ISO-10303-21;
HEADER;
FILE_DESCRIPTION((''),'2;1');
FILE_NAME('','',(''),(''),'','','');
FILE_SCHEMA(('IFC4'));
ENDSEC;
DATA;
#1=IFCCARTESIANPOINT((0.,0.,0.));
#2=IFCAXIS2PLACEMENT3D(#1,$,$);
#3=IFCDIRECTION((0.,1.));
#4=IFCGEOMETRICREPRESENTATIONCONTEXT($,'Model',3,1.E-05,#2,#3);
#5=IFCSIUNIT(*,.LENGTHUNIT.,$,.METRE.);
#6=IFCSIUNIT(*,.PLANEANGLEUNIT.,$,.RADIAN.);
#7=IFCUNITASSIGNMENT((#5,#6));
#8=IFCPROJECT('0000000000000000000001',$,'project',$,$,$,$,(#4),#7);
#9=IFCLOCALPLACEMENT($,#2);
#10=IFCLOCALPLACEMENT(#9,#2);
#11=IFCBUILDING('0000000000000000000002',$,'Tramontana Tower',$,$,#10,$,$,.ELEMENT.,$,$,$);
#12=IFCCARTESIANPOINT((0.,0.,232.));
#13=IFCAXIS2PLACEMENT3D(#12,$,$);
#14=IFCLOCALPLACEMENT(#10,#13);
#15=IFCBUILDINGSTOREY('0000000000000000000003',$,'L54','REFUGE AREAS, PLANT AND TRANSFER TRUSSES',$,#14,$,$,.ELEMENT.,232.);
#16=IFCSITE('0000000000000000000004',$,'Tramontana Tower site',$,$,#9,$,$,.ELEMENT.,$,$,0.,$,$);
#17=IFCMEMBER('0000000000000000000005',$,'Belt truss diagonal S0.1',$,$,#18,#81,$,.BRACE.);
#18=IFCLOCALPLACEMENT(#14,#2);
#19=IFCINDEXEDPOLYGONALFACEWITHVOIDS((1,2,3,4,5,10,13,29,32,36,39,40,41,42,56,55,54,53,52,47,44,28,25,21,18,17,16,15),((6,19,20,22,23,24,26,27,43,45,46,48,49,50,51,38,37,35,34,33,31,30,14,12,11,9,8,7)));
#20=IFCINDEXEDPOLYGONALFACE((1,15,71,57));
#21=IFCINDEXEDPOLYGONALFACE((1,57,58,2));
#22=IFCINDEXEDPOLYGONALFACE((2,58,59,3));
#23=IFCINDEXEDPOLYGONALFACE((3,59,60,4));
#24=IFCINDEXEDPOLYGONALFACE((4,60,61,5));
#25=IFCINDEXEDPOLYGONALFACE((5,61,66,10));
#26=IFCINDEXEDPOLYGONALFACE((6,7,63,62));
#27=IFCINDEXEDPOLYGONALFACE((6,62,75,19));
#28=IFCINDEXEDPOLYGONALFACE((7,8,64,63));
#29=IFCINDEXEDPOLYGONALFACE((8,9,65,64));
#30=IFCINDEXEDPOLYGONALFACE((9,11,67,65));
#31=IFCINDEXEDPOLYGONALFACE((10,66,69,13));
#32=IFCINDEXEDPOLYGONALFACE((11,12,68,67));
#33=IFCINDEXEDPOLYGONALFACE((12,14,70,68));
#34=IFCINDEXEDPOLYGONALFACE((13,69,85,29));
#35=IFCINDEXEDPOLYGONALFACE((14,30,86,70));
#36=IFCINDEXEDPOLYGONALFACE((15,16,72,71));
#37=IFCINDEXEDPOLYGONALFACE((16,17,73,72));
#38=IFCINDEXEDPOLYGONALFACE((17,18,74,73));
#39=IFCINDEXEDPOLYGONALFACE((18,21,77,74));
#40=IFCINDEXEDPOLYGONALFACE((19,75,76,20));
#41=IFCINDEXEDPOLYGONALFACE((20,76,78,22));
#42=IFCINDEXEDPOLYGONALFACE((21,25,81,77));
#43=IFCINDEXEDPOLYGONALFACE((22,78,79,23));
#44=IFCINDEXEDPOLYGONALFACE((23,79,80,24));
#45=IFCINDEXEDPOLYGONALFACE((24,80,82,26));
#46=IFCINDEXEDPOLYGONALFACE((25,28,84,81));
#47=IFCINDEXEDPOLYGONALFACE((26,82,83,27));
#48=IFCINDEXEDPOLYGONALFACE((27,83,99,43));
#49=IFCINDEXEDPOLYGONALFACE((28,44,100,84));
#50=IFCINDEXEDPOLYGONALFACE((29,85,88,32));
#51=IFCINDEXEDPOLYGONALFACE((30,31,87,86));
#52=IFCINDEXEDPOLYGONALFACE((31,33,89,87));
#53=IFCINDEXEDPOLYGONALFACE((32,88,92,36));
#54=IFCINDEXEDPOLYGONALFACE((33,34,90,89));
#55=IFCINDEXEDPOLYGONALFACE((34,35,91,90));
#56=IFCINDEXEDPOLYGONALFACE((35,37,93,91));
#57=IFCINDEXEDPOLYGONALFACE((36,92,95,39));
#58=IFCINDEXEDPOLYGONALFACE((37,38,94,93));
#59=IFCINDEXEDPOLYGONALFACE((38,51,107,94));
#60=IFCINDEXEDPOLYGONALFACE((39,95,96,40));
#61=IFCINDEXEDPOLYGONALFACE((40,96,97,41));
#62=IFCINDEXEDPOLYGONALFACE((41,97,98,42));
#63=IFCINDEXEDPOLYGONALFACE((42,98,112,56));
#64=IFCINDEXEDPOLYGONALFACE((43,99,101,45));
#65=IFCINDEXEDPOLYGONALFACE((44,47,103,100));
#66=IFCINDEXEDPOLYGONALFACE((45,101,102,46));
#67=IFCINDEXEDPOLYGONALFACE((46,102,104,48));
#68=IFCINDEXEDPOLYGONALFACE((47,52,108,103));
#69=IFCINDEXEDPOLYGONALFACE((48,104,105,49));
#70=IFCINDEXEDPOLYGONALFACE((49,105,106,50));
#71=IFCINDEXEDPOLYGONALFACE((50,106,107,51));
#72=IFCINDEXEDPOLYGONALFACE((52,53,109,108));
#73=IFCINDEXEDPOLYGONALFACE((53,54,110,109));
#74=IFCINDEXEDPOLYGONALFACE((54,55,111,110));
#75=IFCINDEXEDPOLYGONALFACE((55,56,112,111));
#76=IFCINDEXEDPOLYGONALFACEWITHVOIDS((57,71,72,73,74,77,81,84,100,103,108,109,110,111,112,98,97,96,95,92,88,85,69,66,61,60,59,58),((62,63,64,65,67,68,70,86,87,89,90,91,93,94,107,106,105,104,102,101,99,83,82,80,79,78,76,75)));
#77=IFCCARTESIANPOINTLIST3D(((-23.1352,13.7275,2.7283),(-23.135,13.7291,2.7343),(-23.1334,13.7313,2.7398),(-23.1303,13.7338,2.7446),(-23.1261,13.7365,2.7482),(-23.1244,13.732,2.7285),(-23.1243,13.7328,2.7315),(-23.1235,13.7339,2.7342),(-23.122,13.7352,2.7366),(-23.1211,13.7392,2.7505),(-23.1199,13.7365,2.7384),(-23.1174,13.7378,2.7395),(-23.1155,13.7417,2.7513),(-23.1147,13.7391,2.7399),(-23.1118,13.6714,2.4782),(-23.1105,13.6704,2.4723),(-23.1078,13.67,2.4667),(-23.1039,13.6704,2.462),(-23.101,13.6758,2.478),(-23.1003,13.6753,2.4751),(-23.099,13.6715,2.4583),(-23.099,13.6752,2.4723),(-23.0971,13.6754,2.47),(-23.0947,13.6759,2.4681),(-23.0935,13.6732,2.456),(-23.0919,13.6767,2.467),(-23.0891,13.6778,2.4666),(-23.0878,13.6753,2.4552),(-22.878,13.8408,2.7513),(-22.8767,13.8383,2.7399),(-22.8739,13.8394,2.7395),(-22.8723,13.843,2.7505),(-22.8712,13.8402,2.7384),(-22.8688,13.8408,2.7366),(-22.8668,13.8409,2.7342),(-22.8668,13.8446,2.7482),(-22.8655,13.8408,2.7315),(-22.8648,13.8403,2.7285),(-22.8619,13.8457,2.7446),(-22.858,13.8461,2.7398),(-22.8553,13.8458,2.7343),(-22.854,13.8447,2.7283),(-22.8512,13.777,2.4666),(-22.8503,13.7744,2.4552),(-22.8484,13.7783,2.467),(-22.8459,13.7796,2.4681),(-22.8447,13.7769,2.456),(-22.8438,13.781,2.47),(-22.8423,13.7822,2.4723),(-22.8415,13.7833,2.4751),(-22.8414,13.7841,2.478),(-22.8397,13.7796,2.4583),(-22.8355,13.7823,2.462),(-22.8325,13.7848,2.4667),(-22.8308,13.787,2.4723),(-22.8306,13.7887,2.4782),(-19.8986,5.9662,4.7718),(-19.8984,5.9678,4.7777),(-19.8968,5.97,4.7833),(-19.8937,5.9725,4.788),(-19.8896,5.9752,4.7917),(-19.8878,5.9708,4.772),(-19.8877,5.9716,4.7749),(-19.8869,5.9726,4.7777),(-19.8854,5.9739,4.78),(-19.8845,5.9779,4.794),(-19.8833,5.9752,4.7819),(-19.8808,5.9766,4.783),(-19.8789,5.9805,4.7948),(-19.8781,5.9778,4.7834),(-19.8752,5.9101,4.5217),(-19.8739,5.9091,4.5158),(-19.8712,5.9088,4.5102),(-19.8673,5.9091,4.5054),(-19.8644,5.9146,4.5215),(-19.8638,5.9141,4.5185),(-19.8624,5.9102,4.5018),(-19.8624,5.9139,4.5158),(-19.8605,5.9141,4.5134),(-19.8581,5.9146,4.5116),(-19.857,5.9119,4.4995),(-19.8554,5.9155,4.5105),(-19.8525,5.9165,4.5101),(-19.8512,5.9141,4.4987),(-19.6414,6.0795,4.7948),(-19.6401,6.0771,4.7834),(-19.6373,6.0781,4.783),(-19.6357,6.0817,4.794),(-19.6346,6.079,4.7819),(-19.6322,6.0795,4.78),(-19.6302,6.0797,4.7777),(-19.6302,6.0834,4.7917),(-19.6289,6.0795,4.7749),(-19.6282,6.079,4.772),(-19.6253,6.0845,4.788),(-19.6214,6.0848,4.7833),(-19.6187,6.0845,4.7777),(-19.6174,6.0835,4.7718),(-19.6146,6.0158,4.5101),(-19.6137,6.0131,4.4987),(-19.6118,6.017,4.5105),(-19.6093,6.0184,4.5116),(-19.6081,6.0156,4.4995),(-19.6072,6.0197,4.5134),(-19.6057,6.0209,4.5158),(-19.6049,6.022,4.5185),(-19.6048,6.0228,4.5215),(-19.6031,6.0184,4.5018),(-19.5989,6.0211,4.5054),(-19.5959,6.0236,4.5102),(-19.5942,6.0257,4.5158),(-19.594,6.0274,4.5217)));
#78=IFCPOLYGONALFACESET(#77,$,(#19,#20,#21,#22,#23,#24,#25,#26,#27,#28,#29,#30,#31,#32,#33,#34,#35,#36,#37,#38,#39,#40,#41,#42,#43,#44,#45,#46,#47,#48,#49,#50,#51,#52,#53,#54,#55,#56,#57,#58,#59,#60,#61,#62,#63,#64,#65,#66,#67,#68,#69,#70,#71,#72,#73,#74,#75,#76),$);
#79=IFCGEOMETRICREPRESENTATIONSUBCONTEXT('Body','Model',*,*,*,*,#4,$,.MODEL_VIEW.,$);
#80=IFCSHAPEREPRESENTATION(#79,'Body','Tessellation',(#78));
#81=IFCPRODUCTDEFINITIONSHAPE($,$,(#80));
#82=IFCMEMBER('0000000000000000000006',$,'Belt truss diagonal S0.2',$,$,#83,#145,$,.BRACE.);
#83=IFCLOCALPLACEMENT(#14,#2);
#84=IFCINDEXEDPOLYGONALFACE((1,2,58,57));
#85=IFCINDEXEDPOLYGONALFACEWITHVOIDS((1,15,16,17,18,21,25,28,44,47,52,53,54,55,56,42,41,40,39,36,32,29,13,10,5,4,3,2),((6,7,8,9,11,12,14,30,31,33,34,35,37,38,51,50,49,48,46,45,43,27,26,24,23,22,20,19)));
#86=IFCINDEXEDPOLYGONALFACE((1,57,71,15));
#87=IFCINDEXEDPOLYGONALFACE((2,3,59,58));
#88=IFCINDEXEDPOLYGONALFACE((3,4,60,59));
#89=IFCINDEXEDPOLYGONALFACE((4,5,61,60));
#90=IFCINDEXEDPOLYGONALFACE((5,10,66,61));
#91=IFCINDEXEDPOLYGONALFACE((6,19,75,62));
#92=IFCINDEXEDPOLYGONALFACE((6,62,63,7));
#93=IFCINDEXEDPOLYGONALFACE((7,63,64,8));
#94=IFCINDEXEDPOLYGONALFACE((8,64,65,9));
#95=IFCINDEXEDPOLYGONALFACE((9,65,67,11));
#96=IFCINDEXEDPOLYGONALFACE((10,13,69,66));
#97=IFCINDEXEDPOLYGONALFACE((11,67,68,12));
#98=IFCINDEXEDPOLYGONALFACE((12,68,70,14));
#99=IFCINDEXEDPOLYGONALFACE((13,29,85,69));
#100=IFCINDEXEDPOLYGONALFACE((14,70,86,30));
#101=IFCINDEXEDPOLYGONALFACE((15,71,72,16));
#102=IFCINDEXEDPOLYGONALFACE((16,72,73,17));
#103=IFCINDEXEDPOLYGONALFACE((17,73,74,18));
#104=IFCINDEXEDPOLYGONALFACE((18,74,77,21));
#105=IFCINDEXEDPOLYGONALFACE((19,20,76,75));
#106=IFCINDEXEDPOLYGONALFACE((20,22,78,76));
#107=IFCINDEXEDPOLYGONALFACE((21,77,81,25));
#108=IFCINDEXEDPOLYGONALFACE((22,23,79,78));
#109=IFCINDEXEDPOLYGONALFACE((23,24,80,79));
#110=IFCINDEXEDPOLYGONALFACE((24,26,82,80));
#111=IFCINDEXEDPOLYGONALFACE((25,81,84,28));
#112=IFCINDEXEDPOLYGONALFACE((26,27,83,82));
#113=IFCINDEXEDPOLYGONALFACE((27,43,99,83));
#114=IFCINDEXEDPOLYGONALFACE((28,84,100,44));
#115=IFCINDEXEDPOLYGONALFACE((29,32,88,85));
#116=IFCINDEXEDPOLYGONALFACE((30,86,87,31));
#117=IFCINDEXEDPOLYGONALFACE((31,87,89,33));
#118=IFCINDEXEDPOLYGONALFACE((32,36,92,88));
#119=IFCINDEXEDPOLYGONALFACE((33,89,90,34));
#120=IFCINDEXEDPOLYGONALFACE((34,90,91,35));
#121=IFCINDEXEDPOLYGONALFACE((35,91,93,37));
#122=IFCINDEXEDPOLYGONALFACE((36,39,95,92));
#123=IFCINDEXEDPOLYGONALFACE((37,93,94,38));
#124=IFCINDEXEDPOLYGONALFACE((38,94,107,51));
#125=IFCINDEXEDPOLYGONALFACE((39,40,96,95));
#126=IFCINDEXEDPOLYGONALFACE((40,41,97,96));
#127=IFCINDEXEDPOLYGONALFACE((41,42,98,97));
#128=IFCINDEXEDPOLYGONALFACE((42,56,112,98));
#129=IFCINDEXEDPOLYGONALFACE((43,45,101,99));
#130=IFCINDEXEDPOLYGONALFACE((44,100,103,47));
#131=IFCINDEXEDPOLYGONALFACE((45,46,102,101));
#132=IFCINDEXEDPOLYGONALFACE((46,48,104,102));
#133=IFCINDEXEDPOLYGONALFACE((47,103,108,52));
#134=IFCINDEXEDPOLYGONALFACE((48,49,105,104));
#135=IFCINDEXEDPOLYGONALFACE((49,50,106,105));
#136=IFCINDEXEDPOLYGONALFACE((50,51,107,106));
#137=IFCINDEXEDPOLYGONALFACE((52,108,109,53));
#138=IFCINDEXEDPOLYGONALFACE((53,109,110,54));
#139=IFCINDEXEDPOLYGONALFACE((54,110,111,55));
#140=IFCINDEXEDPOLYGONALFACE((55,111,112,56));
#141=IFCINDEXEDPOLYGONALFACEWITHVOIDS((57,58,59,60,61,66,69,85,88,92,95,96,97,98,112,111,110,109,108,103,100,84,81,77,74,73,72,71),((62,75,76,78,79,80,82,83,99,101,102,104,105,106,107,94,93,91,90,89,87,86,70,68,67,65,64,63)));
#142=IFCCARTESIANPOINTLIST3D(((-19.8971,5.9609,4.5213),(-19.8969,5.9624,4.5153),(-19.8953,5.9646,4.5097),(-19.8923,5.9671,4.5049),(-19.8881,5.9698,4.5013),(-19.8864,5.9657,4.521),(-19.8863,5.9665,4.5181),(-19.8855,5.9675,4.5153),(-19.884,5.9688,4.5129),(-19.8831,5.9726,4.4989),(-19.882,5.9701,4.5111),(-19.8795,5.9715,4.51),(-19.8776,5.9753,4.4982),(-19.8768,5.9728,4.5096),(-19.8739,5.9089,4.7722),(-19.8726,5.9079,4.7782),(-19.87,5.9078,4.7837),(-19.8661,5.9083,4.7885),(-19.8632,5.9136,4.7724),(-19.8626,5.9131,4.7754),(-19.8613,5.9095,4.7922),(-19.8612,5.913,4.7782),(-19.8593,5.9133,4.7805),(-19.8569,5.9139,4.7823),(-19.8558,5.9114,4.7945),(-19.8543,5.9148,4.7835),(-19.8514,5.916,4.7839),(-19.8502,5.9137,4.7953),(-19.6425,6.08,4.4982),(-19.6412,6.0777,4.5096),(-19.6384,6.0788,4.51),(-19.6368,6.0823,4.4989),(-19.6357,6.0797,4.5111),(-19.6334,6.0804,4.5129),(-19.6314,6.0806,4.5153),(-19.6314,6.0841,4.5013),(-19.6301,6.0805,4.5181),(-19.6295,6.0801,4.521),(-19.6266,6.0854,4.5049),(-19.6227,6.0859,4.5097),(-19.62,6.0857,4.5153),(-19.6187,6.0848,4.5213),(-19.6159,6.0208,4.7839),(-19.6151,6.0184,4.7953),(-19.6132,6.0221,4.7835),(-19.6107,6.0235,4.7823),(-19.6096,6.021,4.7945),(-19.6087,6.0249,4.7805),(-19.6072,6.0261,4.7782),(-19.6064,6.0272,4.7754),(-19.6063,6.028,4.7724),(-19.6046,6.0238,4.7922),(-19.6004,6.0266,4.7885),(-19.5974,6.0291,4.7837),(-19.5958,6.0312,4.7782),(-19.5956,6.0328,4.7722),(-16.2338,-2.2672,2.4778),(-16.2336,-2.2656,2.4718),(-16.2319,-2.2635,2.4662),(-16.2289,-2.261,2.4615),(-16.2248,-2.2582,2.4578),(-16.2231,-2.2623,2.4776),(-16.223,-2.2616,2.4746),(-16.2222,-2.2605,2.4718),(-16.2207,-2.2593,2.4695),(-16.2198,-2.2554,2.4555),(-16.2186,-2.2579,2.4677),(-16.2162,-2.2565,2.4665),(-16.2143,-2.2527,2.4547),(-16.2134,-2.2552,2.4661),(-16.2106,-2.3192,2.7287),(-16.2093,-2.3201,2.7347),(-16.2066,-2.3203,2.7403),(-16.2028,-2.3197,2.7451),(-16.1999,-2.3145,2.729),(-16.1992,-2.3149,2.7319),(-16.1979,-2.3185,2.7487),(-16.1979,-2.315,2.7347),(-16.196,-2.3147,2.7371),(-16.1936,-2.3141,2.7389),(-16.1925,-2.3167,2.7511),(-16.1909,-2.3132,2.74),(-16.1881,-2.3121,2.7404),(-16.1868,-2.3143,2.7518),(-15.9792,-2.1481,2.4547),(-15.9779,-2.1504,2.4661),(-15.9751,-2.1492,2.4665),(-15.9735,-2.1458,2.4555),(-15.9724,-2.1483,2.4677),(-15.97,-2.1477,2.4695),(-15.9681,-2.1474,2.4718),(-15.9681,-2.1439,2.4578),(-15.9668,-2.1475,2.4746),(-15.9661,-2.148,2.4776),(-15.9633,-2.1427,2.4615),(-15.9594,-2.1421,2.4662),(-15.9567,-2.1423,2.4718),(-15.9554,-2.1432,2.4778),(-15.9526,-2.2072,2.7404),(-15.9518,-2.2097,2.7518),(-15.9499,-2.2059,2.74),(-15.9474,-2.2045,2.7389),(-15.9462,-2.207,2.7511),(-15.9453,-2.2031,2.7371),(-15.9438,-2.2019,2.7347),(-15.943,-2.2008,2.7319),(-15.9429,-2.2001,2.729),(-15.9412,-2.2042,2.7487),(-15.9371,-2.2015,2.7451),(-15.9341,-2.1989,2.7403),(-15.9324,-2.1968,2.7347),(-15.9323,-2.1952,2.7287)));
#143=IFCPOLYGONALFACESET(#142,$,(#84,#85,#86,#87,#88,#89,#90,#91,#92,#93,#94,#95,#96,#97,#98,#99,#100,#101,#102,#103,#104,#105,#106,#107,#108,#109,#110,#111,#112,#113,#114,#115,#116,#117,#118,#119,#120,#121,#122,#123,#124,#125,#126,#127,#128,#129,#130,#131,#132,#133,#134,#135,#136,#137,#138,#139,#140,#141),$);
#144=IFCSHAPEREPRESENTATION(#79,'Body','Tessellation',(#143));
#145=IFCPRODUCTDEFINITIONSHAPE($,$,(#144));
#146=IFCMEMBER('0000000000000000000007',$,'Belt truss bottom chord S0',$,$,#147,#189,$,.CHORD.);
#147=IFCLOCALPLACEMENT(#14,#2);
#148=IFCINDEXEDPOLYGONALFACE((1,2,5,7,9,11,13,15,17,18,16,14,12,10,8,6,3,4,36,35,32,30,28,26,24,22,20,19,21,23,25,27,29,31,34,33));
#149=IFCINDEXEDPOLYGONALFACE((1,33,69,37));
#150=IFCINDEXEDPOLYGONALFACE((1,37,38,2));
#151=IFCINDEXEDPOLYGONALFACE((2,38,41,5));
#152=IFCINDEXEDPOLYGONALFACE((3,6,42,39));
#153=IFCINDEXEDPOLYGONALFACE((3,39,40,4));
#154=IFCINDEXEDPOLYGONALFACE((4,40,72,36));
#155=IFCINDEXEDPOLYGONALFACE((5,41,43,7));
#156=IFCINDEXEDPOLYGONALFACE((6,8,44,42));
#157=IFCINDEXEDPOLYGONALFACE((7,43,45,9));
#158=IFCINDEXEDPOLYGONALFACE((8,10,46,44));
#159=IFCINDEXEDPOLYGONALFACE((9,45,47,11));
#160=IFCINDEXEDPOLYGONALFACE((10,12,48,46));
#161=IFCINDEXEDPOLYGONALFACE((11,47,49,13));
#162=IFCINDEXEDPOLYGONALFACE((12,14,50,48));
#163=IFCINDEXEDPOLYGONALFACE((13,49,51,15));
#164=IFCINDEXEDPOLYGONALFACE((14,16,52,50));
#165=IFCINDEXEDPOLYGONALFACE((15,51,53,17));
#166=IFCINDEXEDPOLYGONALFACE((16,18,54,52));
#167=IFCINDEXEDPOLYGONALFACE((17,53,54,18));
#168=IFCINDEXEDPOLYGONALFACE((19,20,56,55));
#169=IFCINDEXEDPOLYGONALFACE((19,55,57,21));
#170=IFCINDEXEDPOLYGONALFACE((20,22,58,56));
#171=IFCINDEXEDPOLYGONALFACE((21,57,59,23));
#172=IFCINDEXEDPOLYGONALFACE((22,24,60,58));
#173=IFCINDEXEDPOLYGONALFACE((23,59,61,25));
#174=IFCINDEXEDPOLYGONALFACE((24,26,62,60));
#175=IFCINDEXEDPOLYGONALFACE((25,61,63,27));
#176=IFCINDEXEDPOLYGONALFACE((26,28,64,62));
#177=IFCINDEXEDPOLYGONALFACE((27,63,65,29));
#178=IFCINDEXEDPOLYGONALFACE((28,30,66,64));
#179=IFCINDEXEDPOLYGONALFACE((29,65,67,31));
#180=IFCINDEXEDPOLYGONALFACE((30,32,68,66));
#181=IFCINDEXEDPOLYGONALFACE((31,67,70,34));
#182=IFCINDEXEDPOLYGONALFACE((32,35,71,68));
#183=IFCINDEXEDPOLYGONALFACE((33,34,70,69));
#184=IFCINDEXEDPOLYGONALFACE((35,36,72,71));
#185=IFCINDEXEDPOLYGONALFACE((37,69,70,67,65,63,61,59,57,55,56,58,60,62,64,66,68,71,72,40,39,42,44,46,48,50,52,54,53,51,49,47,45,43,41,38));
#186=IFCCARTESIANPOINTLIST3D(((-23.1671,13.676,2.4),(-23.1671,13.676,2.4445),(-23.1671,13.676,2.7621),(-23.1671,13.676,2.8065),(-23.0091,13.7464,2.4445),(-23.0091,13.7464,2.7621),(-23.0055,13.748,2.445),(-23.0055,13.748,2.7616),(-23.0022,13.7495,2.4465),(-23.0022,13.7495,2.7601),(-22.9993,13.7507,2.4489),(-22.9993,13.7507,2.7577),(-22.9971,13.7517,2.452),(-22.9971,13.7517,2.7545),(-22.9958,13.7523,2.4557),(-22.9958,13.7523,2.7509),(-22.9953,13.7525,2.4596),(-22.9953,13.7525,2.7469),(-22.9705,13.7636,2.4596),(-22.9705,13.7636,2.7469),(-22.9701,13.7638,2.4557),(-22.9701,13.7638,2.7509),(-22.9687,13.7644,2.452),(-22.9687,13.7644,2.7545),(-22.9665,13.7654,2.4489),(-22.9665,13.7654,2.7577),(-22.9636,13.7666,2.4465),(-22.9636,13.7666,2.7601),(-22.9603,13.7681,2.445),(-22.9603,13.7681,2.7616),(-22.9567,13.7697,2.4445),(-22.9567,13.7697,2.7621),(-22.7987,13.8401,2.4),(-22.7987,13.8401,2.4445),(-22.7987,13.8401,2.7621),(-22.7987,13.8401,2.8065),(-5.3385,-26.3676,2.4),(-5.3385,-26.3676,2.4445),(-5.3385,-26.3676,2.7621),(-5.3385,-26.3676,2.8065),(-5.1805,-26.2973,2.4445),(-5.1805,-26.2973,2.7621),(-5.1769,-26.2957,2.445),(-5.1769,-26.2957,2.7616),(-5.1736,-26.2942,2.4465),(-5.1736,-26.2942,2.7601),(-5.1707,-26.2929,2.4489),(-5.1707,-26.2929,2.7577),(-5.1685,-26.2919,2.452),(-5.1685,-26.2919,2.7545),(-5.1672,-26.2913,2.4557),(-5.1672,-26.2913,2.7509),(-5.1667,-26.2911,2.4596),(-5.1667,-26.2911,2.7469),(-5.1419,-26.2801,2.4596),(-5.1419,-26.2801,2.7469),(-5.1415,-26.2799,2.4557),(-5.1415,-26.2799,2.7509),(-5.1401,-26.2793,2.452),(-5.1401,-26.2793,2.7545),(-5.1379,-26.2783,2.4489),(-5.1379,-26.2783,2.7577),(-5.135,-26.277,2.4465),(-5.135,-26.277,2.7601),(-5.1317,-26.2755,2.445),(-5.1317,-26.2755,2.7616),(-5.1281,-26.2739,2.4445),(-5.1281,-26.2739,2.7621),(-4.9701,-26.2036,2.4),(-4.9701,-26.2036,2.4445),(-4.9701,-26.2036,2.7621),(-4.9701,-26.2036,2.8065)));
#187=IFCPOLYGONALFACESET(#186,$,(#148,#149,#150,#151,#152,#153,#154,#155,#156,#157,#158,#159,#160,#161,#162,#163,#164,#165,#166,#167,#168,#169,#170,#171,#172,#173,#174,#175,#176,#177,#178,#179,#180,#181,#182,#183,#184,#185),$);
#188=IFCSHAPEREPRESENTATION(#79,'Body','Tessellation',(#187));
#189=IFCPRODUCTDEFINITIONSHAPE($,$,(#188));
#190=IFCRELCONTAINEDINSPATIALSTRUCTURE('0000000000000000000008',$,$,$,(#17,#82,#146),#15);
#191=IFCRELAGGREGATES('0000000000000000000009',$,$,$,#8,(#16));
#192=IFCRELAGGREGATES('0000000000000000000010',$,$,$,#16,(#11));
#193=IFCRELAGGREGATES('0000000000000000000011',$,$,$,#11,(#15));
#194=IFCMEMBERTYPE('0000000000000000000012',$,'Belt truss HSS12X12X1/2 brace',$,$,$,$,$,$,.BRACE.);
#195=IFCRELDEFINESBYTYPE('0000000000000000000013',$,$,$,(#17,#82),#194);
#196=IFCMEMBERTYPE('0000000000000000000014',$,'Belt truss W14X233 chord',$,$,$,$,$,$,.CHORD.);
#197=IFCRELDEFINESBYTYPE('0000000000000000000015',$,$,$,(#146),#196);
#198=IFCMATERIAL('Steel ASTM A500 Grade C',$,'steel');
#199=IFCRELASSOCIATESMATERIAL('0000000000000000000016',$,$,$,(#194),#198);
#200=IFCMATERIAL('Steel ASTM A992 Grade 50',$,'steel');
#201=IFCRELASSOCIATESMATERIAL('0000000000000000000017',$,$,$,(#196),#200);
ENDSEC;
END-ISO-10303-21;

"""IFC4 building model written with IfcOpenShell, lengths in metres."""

from ifc_helpers import new_model, si_unit, direction, frame, origin, origin_2d, place, context, subcontext, project, spatial, hollow_rectangle, i_section, extrude, material, material_profile, profile_set, type_object, element, save


model = new_model("IFC4")

# Units and contexts
model_context = context("Model", 3, precision=1e-05, world=origin(), true_north=direction((0.0, 1.0)))
body_context = subcontext(model_context, "Body", "Model", "MODEL_VIEW")
ifc_project = project(units=[si_unit("LENGTHUNIT", "METRE"), si_unit("PLANEANGLEUNIT", "RADIAN")], contexts=[model_context])

# Site, building, storey
site_placement = place(None, origin())
site = spatial("IfcSite", under=ifc_project, at=site_placement, Name="Tramontana Tower site", CompositionType="ELEMENT", RefElevation=0.0)
building_placement = place(site_placement, origin())
building = spatial("IfcBuilding", under=site, at=building_placement, Name="Tramontana Tower", CompositionType="ELEMENT")
storey_placement = place(building_placement, frame((0.0, 0.0, 232.0)))
storey = spatial("IfcBuildingStorey", under=building, at=storey_placement, Name="L54", Description="REFUGE AREAS, PLANT AND TRANSFER TRUSSES", CompositionType="ELEMENT", Elevation=232.0)

# Members
ifc_material_1 = material(Name="Steel ASTM A500 Grade C", Category="steel")
ifc_material_profile_1 = material_profile(ifc_material_1, hollow_rectangle(XDim=0.3047, YDim=0.3047, WallThickness=0.0117, InnerFilletRadius=0.0117, OuterFilletRadius=0.0237, at=origin_2d()), Name="HSS12X12X1/2")
ifc_profile_set_1 = profile_set([ifc_material_profile_1], Name="Steel ASTM A500 Grade C")
member_type_1 = type_object("IfcMemberType", Name="Belt truss HSS12X12X1/2 brace", PredefinedType="BRACE", material=ifc_profile_set_1)
member_1_placement = place(storey_placement, frame((-22.9829, 13.7581, 2.6033), z_axis=(0.374007, -0.896861, 0.236135), x_axis=(0.922962, 0.384892, 0.0)))
element("IfcMember", 1, at=member_1_placement, inside=storey, type_object=member_type_1, Name="Belt truss diagonal S0.1", PredefinedType="BRACE", context=body_context, shape_type="SweptSolid", body=[
    extrude(hollow_rectangle(XDim=0.3047, YDim=0.3047, WallThickness=0.0117, InnerFilletRadius=0.0117, OuterFilletRadius=0.0237, at=origin_2d()), origin(), (0.0, 0.0, 1.0), 8.6538),
])
member_2_placement = place(storey_placement, frame((-19.7463, 5.9968, 4.6467), z_axis=(0.396654, -0.890904, -0.221259), x_axis=(0.913546, 0.406734, 0.0)))
element("IfcMember", 2, at=member_2_placement, inside=storey, type_object=member_type_1, Name="Belt truss diagonal S0.2", PredefinedType="BRACE", context=body_context, shape_type="SweptSolid", body=[
    extrude(hollow_rectangle(XDim=0.3047, YDim=0.3047, WallThickness=0.0117, InnerFilletRadius=0.0117, OuterFilletRadius=0.0237, at=origin_2d()), origin(), (0.0, 0.0, 1.0), 9.2356),
])
ifc_material_2 = material(Name="Steel ASTM A992 Grade 50", Category="steel")
ifc_material_profile_2 = material_profile(ifc_material_2, i_section(OverallWidth=0.4033, OverallDepth=0.4065, WebThickness=0.0271, FlangeThickness=0.0444, FilletRadius=0.0151, at=origin_2d()), Name="W14X233")
ifc_profile_set_2 = profile_set([ifc_material_profile_2], Name="Steel ASTM A992 Grade 50")
member_type_2 = type_object("IfcMemberType", Name="Belt truss W14X233 chord", PredefinedType="CHORD", material=ifc_profile_set_2)
for number, where, z_axis, x_axis, name in (
    (3, (-22.9829, 13.7581, 2.6033), (0.406737, -0.913545, 0.0), (0.913545, 0.406737, 0.0), "Belt truss bottom chord S0"),
):
    element("IfcMember", number, at=place(storey_placement, frame(where, z_axis=z_axis, x_axis=x_axis)), inside=storey, type_object=member_type_2, Name=name, PredefinedType="CHORD", context=body_context, shape_type="SweptSolid", body=[
        extrude(i_section(OverallWidth=0.4033, OverallDepth=0.4065, WebThickness=0.0271, FlangeThickness=0.0444, FilletRadius=0.0151, at=origin_2d()), origin(), (0.0, 0.0, 1.0), 43.8333),
    ])

save(model, "model.ifc")
